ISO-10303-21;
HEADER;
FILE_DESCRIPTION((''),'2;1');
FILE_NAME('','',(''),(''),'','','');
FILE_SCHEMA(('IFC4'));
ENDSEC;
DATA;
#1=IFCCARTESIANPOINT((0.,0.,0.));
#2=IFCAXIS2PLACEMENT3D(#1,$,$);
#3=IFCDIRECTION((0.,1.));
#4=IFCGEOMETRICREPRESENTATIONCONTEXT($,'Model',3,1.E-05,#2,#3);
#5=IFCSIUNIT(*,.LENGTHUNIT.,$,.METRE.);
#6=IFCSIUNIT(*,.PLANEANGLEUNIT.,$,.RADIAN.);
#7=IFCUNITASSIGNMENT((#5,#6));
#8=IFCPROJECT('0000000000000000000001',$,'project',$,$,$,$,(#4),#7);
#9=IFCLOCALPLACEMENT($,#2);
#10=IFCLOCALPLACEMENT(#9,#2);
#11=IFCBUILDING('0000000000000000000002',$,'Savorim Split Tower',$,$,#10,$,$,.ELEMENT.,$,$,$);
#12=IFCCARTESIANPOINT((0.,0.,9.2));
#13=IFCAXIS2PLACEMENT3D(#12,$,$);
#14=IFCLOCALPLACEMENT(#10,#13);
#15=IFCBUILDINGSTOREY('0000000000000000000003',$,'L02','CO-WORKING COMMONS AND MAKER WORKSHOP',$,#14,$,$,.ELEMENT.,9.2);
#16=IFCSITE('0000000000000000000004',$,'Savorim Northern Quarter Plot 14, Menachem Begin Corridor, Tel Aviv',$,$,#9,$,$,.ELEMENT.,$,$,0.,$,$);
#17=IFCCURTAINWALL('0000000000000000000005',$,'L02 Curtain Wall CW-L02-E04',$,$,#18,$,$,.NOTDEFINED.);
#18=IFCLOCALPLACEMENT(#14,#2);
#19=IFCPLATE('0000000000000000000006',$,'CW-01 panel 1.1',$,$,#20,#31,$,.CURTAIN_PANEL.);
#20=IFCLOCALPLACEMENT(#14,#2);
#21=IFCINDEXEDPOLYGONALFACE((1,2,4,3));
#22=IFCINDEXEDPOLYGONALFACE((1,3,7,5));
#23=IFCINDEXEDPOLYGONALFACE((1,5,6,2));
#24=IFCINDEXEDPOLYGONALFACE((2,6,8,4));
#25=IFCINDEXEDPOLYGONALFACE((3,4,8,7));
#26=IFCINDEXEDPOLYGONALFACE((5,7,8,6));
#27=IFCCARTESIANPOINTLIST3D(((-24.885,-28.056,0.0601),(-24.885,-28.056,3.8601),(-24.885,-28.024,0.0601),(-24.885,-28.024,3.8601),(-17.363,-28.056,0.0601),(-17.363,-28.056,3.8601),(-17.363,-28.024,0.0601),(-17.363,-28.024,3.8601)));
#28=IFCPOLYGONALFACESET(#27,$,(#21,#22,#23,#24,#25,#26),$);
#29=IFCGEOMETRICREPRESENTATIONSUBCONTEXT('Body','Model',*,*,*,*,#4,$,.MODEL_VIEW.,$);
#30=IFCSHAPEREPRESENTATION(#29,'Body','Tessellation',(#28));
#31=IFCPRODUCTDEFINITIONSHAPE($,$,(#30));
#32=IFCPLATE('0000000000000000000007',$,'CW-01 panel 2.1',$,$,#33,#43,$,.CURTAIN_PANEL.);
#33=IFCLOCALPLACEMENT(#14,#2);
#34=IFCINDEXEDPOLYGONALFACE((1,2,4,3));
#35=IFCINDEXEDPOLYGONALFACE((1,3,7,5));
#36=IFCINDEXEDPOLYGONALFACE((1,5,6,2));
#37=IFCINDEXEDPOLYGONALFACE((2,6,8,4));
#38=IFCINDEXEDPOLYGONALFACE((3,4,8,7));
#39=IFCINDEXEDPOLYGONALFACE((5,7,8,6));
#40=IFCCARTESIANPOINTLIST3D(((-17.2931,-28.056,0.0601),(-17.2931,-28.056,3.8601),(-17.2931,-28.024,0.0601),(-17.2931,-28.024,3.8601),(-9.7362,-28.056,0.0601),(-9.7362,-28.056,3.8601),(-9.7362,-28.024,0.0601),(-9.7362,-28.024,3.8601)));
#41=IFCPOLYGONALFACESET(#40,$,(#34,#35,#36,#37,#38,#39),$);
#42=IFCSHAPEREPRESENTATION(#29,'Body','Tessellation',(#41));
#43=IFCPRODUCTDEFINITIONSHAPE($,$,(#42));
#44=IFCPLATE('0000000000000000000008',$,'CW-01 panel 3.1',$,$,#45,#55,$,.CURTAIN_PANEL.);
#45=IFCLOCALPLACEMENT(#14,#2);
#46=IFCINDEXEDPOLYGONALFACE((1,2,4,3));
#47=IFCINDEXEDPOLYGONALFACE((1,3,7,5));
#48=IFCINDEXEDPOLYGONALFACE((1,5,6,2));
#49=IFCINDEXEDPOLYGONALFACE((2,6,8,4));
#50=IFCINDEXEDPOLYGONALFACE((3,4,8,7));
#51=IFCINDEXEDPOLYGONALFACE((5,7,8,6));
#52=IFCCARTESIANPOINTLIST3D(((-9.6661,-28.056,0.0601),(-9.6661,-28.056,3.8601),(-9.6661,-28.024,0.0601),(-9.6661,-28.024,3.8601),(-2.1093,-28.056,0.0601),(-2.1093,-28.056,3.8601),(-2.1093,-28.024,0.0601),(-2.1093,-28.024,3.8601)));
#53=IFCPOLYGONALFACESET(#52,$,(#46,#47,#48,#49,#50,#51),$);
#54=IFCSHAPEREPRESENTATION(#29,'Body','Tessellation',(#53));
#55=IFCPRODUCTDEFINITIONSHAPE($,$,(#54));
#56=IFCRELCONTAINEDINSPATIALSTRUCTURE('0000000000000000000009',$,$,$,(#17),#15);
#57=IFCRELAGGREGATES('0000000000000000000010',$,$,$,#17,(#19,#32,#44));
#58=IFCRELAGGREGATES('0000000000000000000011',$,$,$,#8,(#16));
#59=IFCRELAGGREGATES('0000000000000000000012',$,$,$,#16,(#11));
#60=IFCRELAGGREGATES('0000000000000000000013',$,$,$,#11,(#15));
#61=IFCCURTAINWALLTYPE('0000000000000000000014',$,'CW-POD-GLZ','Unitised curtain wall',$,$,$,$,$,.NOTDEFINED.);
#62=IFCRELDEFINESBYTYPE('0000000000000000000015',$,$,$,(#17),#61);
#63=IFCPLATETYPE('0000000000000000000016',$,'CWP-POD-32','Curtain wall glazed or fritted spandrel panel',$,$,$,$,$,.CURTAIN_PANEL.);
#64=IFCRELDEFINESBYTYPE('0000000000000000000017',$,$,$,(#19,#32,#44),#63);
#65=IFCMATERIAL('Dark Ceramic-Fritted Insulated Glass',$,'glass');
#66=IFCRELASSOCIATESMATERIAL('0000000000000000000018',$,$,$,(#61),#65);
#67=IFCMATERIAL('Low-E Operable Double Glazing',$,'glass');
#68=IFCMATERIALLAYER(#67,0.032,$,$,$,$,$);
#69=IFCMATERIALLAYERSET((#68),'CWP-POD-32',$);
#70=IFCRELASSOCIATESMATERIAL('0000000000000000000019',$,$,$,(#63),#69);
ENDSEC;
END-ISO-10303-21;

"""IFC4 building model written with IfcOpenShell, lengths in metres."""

from ifc_helpers import new_model, si_unit, direction, frame, origin, origin_2d, place, context, subcontext, project, spatial, rectangle, extrude, material, layer, layer_set, type_object, element, aggregate, save


model = new_model("IFC4")

# Units and contexts
model_context = context("Model", 3, precision=1e-05, world=origin(), true_north=direction((0.0, 1.0)))
body_context = subcontext(model_context, "Body", "Model", "MODEL_VIEW")
ifc_project = project(units=[si_unit("LENGTHUNIT", "METRE"), si_unit("PLANEANGLEUNIT", "RADIAN")], contexts=[model_context])

# Site, building, storey
site_placement = place(None, origin())
site = spatial("IfcSite", under=ifc_project, at=site_placement, Name="Savorim Northern Quarter Plot 14, Menachem Begin Corridor, Tel Aviv", CompositionType="ELEMENT", RefElevation=0.0)
building_placement = place(site_placement, origin())
building = spatial("IfcBuilding", under=site, at=building_placement, Name="Savorim Split Tower", CompositionType="ELEMENT")
storey_placement = place(building_placement, frame((0.0, 0.0, 9.2)))
storey = spatial("IfcBuildingStorey", under=building, at=storey_placement, Name="L02", Description="CO-WORKING COMMONS AND MAKER WORKSHOP", CompositionType="ELEMENT", Elevation=9.2)

# Curtain wall, plates
ifc_material_1 = material(Name="Dark Ceramic-Fritted Insulated Glass", Category="glass")
curtain_wall_type = type_object("IfcCurtainWallType", Name="CW-POD-GLZ", Description="Unitised curtain wall", PredefinedType="NOTDEFINED", material=ifc_material_1)
curtain_wall_placement = place(storey_placement, origin())
curtain_wall = element("IfcCurtainWall", 1, at=curtain_wall_placement, inside=storey, type_object=curtain_wall_type, Name="L02 Curtain Wall CW-L02-E04", PredefinedType="NOTDEFINED")
ifc_material_2 = material(Name="Low-E Operable Double Glazing", Category="glass")
ifc_layer = layer(ifc_material_2, 0.032)
ifc_layer_set = layer_set([ifc_layer], Name="CWP-POD-32")
plate_type = type_object("IfcPlateType", Name="CWP-POD-32", Description="Curtain wall glazed or fritted spandrel panel", PredefinedType="CURTAIN_PANEL", material=ifc_layer_set)
plate_1_placement = place(storey_placement, frame((-21.124, -28.04, 0.0601), z_axis=(0.0, 0.0, 1.0), x_axis=(1.0, 0.0, 0.0)))
plate_1 = element("IfcPlate", 2, at=plate_1_placement, type_object=plate_type, Name="CW-01 panel 1.1", PredefinedType="CURTAIN_PANEL", context=body_context, shape_type="SweptSolid", body=[
    extrude(rectangle(XDim=7.522, YDim=0.032, at=origin_2d()), origin(), (0.0, 0.0, 1.0), 3.8),
])
plate_2_placement = place(storey_placement, frame((-13.5146, -28.04, 0.0601), z_axis=(0.0, 0.0, 1.0), x_axis=(1.0, 0.0, 0.0)))
plate_2 = element("IfcPlate", 3, at=plate_2_placement, type_object=plate_type, Name="CW-01 panel 2.1", PredefinedType="CURTAIN_PANEL", context=body_context, shape_type="SweptSolid", body=[
    extrude(rectangle(XDim=7.5569, YDim=0.032, at=origin_2d()), origin(), (0.0, 0.0, 1.0), 3.8),
])
plate_3_placement = place(storey_placement, frame((-5.8877, -28.04, 0.0601), z_axis=(0.0, 0.0, 1.0), x_axis=(1.0, 0.0, 0.0)))
plate_3 = element("IfcPlate", 4, at=plate_3_placement, type_object=plate_type, Name="CW-01 panel 3.1", PredefinedType="CURTAIN_PANEL", context=body_context, shape_type="SweptSolid", body=[
    extrude(rectangle(XDim=7.5569, YDim=0.032, at=origin_2d()), origin(), (0.0, 0.0, 1.0), 3.8),
])
aggregate(curtain_wall, [plate_1, plate_2, plate_3])

save(model, "model.ifc")
